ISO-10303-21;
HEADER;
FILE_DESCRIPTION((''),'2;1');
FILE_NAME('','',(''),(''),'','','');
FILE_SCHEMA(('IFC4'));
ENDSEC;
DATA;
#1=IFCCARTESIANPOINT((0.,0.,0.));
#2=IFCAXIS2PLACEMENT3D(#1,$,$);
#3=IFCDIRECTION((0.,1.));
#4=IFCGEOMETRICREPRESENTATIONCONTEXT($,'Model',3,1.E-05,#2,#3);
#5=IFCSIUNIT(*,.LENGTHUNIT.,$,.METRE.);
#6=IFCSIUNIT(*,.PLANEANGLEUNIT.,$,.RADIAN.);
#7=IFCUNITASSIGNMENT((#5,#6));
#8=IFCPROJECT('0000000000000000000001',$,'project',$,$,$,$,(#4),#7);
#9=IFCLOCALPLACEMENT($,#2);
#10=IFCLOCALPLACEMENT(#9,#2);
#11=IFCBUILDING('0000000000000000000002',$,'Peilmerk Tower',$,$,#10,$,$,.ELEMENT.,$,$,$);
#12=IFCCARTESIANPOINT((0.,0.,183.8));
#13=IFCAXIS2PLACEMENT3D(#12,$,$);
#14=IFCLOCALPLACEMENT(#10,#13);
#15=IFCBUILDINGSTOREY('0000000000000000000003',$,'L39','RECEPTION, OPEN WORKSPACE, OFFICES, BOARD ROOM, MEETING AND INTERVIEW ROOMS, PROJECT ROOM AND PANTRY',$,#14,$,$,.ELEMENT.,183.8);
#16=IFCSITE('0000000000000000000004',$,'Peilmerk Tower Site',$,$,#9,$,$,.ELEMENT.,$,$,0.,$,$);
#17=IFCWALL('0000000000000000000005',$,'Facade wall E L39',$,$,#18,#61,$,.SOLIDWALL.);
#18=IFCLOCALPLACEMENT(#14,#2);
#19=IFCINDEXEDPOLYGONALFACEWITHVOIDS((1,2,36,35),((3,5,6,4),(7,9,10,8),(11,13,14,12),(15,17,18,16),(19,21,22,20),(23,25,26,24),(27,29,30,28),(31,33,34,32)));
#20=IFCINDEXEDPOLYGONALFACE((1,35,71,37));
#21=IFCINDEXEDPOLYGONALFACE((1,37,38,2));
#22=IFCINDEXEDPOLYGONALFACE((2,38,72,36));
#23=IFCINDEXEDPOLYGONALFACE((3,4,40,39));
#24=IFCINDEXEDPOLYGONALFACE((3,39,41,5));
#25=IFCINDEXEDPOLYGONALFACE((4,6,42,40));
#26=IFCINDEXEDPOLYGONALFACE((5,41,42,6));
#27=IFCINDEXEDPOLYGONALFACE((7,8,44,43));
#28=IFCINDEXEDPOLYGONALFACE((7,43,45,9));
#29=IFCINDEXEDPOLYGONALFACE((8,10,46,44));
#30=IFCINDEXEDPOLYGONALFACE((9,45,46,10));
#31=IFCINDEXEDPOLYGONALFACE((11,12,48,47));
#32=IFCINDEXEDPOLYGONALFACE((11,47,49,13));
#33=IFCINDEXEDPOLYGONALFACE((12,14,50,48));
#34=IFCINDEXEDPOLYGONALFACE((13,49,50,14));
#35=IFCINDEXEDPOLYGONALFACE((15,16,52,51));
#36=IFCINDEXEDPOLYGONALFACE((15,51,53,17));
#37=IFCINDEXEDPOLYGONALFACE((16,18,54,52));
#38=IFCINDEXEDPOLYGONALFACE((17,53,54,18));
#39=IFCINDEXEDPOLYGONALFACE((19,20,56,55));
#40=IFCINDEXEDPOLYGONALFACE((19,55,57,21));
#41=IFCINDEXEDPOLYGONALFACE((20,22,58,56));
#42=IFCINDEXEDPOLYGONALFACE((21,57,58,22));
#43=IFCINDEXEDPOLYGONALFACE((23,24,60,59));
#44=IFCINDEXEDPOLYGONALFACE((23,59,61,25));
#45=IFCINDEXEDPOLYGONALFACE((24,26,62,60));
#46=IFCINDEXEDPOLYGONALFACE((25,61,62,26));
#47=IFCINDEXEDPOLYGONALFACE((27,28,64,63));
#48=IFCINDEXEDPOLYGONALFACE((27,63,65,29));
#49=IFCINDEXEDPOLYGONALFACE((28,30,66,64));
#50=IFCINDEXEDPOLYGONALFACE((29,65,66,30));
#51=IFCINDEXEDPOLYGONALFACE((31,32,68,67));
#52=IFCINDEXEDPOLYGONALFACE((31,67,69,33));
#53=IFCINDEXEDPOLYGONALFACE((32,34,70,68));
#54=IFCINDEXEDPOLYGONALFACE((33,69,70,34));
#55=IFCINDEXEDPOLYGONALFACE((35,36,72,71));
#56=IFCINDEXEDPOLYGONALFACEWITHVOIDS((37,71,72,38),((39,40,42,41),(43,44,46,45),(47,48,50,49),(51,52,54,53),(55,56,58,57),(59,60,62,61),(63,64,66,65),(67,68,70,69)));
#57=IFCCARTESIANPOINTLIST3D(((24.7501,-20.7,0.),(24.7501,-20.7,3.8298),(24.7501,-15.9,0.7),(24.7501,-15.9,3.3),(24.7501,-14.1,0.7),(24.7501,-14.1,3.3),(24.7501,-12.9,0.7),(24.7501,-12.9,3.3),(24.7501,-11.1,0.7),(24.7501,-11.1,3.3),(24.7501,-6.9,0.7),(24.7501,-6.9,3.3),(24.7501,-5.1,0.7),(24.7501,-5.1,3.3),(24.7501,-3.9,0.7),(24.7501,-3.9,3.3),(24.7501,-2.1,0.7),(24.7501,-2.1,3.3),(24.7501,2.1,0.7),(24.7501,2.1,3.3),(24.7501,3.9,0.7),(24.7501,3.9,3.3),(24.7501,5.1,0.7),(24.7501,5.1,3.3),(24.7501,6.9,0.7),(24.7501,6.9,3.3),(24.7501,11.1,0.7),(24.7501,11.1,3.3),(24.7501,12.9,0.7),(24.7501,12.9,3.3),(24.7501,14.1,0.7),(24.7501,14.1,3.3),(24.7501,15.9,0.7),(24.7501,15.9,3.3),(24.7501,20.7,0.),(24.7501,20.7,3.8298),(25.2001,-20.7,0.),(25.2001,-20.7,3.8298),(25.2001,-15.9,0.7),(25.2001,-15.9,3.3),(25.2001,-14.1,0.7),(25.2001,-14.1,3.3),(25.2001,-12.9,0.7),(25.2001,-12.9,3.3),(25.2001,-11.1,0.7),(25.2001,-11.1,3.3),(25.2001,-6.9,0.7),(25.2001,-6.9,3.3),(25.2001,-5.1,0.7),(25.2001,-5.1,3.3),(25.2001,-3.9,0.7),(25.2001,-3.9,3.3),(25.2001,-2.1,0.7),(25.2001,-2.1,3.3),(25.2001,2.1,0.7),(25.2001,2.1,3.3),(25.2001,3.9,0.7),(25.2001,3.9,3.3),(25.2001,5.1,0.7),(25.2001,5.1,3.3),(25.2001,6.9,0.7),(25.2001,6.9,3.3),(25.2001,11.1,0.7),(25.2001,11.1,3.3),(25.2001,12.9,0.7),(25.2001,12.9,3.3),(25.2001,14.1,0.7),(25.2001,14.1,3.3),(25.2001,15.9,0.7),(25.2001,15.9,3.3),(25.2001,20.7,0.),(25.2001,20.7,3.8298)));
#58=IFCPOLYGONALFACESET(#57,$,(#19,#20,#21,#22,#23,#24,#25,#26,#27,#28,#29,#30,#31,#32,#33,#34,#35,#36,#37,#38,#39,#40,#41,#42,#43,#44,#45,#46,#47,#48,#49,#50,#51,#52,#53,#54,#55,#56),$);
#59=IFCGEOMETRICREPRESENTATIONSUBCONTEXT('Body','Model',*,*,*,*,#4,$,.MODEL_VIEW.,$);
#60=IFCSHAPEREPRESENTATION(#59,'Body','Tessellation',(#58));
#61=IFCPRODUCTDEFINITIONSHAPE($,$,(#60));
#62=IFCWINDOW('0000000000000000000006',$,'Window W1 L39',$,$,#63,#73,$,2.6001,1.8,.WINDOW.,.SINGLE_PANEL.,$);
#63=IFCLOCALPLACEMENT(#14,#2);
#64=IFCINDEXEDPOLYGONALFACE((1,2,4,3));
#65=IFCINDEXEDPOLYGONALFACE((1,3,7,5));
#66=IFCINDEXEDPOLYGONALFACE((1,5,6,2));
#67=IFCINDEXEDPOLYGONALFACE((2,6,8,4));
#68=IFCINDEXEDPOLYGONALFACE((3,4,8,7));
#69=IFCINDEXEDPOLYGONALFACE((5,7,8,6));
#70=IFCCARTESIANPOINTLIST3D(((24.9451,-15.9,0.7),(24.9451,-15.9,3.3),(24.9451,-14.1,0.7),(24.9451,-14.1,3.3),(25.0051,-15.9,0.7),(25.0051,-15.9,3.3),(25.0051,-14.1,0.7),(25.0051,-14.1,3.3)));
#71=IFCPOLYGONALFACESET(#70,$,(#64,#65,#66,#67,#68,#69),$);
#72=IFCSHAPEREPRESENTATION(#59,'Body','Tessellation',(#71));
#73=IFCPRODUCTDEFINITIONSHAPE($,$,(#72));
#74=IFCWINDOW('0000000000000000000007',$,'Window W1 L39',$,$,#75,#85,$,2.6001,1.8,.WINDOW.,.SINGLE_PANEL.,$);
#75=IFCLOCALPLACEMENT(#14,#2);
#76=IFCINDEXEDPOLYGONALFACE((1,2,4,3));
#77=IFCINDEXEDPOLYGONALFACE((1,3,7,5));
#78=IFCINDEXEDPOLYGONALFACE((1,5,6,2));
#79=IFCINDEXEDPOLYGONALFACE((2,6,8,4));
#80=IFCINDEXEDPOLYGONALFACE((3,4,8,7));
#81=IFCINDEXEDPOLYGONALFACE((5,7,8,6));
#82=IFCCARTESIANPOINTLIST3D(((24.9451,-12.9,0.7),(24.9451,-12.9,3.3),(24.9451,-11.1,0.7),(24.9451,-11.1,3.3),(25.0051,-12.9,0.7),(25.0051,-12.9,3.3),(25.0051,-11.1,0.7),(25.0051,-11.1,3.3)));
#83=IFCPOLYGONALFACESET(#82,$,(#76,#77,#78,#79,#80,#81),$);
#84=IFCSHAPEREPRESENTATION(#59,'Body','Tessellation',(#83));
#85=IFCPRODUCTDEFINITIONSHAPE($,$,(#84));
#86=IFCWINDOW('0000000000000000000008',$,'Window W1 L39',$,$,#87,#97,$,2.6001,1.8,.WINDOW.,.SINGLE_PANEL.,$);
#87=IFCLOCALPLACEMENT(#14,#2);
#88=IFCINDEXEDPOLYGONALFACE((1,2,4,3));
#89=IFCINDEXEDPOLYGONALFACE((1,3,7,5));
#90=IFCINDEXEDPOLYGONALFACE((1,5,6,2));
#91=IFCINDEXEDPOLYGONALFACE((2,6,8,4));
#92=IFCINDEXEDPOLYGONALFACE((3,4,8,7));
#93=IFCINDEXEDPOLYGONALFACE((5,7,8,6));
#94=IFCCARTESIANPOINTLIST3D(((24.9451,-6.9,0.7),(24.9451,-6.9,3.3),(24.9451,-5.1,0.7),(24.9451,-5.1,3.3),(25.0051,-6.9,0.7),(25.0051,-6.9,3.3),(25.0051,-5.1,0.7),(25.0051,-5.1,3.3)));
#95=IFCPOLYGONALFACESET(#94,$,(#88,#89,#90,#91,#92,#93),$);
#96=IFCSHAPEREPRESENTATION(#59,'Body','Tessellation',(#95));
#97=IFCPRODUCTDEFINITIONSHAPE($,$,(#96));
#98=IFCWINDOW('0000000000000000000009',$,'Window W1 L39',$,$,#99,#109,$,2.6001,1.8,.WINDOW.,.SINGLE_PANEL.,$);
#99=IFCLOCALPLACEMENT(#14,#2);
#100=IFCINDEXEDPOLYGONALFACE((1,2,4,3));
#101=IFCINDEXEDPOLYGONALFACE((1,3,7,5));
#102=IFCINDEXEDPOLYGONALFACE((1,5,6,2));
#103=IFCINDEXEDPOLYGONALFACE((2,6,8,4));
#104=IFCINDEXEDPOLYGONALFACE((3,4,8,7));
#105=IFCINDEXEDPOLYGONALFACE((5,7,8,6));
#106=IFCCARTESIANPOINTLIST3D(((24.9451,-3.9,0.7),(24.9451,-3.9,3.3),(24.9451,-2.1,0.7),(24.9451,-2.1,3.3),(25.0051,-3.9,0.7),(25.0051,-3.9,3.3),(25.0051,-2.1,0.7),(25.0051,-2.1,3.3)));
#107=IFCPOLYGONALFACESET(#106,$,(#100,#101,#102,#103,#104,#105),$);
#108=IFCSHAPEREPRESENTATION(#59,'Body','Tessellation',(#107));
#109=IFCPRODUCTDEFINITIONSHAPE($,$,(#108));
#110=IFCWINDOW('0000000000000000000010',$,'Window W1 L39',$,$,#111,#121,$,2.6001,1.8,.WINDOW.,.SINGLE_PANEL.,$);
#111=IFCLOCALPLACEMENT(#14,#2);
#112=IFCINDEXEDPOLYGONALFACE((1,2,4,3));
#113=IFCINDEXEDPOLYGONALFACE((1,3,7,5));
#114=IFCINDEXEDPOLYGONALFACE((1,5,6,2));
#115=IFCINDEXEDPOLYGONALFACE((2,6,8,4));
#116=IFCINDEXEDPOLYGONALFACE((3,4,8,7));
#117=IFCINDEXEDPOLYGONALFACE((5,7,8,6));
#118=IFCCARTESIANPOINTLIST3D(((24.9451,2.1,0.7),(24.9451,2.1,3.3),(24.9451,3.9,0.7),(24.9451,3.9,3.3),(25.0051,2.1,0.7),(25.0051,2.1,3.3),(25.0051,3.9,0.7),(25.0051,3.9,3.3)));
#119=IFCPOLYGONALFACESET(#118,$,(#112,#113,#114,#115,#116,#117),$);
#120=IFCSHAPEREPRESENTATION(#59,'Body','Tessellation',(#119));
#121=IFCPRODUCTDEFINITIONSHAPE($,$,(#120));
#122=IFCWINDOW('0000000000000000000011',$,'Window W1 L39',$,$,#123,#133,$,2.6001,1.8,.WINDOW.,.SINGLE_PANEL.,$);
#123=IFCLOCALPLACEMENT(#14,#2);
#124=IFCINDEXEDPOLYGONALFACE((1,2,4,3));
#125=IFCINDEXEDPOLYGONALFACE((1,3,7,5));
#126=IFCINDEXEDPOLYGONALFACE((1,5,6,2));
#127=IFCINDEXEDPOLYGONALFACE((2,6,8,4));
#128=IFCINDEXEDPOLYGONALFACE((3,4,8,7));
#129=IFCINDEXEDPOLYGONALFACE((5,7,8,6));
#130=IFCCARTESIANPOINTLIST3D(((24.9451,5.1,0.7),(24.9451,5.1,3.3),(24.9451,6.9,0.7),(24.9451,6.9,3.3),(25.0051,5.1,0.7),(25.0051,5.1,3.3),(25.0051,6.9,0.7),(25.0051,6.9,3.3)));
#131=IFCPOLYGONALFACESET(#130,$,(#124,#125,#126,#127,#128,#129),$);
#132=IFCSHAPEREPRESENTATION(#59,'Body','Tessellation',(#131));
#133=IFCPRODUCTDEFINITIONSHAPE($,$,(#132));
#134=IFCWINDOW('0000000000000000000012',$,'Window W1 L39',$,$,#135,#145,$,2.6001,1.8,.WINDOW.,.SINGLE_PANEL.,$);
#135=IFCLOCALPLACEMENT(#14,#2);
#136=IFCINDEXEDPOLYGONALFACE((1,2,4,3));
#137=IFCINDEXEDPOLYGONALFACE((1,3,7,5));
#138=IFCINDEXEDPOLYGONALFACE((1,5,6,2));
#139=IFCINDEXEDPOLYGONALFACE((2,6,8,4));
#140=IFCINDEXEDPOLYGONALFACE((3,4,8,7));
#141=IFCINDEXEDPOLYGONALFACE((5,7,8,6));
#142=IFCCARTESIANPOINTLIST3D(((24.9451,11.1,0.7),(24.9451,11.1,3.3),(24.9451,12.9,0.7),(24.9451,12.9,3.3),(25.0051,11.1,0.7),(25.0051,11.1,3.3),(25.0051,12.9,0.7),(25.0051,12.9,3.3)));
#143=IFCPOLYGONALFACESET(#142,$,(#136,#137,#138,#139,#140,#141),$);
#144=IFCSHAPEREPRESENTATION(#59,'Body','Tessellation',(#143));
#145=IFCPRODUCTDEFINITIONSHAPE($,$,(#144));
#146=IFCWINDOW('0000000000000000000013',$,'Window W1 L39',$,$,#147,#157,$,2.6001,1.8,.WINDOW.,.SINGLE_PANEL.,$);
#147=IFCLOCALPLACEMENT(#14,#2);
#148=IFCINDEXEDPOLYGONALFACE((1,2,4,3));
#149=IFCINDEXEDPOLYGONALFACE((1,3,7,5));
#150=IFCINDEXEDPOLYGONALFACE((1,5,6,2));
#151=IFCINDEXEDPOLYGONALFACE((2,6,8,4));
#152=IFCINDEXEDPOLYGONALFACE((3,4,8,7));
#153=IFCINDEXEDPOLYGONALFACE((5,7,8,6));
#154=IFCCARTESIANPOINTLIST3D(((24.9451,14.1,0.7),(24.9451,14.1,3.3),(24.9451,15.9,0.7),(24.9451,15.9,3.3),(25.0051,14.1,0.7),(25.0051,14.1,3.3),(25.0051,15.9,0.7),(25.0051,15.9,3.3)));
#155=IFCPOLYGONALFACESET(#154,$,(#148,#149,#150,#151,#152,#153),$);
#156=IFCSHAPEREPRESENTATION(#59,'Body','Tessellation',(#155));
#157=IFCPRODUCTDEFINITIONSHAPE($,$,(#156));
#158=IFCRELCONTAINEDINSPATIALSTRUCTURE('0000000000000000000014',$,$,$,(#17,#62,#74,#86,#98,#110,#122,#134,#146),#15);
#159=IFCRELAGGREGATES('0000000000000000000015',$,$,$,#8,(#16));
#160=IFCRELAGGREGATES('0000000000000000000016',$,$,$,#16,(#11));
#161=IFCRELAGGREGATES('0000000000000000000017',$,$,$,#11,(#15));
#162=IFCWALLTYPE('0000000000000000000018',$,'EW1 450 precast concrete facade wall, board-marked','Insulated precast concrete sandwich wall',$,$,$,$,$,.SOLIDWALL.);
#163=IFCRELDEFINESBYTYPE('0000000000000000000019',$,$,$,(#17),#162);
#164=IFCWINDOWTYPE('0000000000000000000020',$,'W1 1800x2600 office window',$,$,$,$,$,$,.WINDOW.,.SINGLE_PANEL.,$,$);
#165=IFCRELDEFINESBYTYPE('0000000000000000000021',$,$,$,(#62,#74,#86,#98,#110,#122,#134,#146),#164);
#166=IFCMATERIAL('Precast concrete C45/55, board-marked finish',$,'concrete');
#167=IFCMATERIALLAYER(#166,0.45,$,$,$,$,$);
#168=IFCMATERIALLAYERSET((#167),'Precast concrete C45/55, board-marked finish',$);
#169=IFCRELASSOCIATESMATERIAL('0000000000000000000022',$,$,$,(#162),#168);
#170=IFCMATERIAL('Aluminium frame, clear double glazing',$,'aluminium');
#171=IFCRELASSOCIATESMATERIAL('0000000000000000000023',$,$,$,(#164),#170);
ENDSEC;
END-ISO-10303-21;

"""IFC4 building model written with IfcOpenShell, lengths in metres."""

from ifc_helpers import new_model, si_unit, direction, frame, frame_2d, origin, place, context, subcontext, project, spatial, rectangle, extrude, material, layer, layer_set, type_object, element, fill, save


model = new_model("IFC4")

# Units and contexts
model_context = context("Model", 3, precision=1e-05, world=origin(), true_north=direction((0.0, 1.0)))
body_context = subcontext(model_context, "Body", "Model", "MODEL_VIEW")
ifc_project = project(units=[si_unit("LENGTHUNIT", "METRE"), si_unit("PLANEANGLEUNIT", "RADIAN")], contexts=[model_context])

# Site, building, storey
site_placement = place(None, origin())
site = spatial("IfcSite", under=ifc_project, at=site_placement, Name="Peilmerk Tower Site", CompositionType="ELEMENT", RefElevation=0.0)
building_placement = place(site_placement, origin())
building = spatial("IfcBuilding", under=site, at=building_placement, Name="Peilmerk Tower", CompositionType="ELEMENT")
storey_placement = place(building_placement, frame((0.0, 0.0, 183.8)))
storey = spatial("IfcBuildingStorey", under=building, at=storey_placement, Name="L39", Description="RECEPTION, OPEN WORKSPACE, OFFICES, BOARD ROOM, MEETING AND INTERVIEW ROOMS, PROJECT ROOM AND PANTRY", CompositionType="ELEMENT", Elevation=183.8)

# Wall, openings, windows
ifc_material_1 = material(Name="Precast concrete C45/55, board-marked finish", Category="concrete")
ifc_layer_1 = layer(ifc_material_1, 0.45)
ifc_layer_set_1 = layer_set([ifc_layer_1], Name="Precast concrete C45/55, board-marked finish")
wall_type = type_object("IfcWallType", Name="EW1 450 precast concrete facade wall, board-marked", Description="Insulated precast concrete sandwich wall", PredefinedType="SOLIDWALL", material=ifc_layer_set_1)
wall_1_placement = place(storey_placement, frame((24.9751, -20.7, 0.0), z_axis=(0.0, 0.0, 1.0), x_axis=(0.0, 1.0, 0.0)))
wall_1 = element("IfcWall", 1, at=wall_1_placement, inside=storey, type_object=wall_type, Name="Facade wall E L39", PredefinedType="SOLIDWALL", context=body_context, shape_type="SweptSolid", body=[
    extrude(rectangle(XDim=41.3999, YDim=0.45, at=frame_2d((20.7, 0.0))), origin(), (0.0, 0.0, 1.0), 3.8298),
])
opening_1_placement = place(wall_1_placement, frame((4.8, 0.0, 0.7)))
opening_1 = element("IfcOpeningElement", 2, at=opening_1_placement, cuts=wall_1, PredefinedType="OPENING", context=body_context, shape_type="SweptSolid", body=[
    extrude(rectangle(XDim=1.8, YDim=2.6001, at=frame_2d((0.8999, 1.3))), frame((0.0, 0.2349, 0.0), z_axis=(0.0, -1.0, 0.0), x_axis=(1.0, 0.0, 0.0)), (0.0, 0.0, 1.0), 0.47),
])
opening_2_placement = place(wall_1_placement, frame((7.8, 0.0, 0.7)))
opening_2 = element("IfcOpeningElement", 3, at=opening_2_placement, cuts=wall_1, PredefinedType="OPENING", context=body_context, shape_type="SweptSolid", body=[
    extrude(rectangle(XDim=1.8, YDim=2.6001, at=frame_2d((0.8999, 1.3))), frame((0.0, 0.2349, 0.0), z_axis=(0.0, -1.0, 0.0), x_axis=(1.0, 0.0, 0.0)), (0.0, 0.0, 1.0), 0.47),
])
opening_3_placement = place(wall_1_placement, frame((13.8, 0.0, 0.7)))
opening_3 = element("IfcOpeningElement", 4, at=opening_3_placement, cuts=wall_1, PredefinedType="OPENING", context=body_context, shape_type="SweptSolid", body=[
    extrude(rectangle(XDim=1.8, YDim=2.6001, at=frame_2d((0.8999, 1.3))), frame((0.0, 0.2349, 0.0), z_axis=(0.0, -1.0, 0.0), x_axis=(1.0, 0.0, 0.0)), (0.0, 0.0, 1.0), 0.47),
])
opening_4_placement = place(wall_1_placement, frame((16.8, 0.0, 0.7)))
opening_4 = element("IfcOpeningElement", 5, at=opening_4_placement, cuts=wall_1, PredefinedType="OPENING", context=body_context, shape_type="SweptSolid", body=[
    extrude(rectangle(XDim=1.8, YDim=2.6001, at=frame_2d((0.8999, 1.3))), frame((0.0, 0.2349, 0.0), z_axis=(0.0, -1.0, 0.0), x_axis=(1.0, 0.0, 0.0)), (0.0, 0.0, 1.0), 0.47),
])
opening_5_placement = place(wall_1_placement, frame((22.8, 0.0, 0.7)))
opening_5 = element("IfcOpeningElement", 6, at=opening_5_placement, cuts=wall_1, PredefinedType="OPENING", context=body_context, shape_type="SweptSolid", body=[
    extrude(rectangle(XDim=1.8, YDim=2.6001, at=frame_2d((0.8999, 1.3))), frame((0.0, 0.2349, 0.0), z_axis=(0.0, -1.0, 0.0), x_axis=(1.0, 0.0, 0.0)), (0.0, 0.0, 1.0), 0.47),
])
opening_6_placement = place(wall_1_placement, frame((25.8, 0.0, 0.7)))
opening_6 = element("IfcOpeningElement", 7, at=opening_6_placement, cuts=wall_1, PredefinedType="OPENING", context=body_context, shape_type="SweptSolid", body=[
    extrude(rectangle(XDim=1.8, YDim=2.6001, at=frame_2d((0.8999, 1.3))), frame((0.0, 0.2349, 0.0), z_axis=(0.0, -1.0, 0.0), x_axis=(1.0, 0.0, 0.0)), (0.0, 0.0, 1.0), 0.47),
])
opening_7_placement = place(wall_1_placement, frame((31.8, 0.0, 0.7)))
opening_7 = element("IfcOpeningElement", 8, at=opening_7_placement, cuts=wall_1, PredefinedType="OPENING", context=body_context, shape_type="SweptSolid", body=[
    extrude(rectangle(XDim=1.8, YDim=2.6001, at=frame_2d((0.8999, 1.3))), frame((0.0, 0.2349, 0.0), z_axis=(0.0, -1.0, 0.0), x_axis=(1.0, 0.0, 0.0)), (0.0, 0.0, 1.0), 0.47),
])
opening_8_placement = place(wall_1_placement, frame((34.8, 0.0, 0.7)))
opening_8 = element("IfcOpeningElement", 9, at=opening_8_placement, cuts=wall_1, PredefinedType="OPENING", context=body_context, shape_type="SweptSolid", body=[
    extrude(rectangle(XDim=1.8, YDim=2.6001, at=frame_2d((0.8999, 1.3))), frame((0.0, 0.2349, 0.0), z_axis=(0.0, -1.0, 0.0), x_axis=(1.0, 0.0, 0.0)), (0.0, 0.0, 1.0), 0.47),
])
ifc_material_2 = material(Name="Aluminium frame, clear double glazing", Category="aluminium")
window_type = type_object("IfcWindowType", Name="W1 1800x2600 office window", PartitioningType="SINGLE_PANEL", PredefinedType="WINDOW", material=ifc_material_2)
window_1_placement = place(opening_1_placement, origin())
window_1 = element("IfcWindow", 10, at=window_1_placement, inside=storey, type_object=window_type, Name="Window W1 L39", OverallHeight=2.6001, OverallWidth=1.8, PartitioningType="SINGLE_PANEL", PredefinedType="WINDOW", context=body_context, shape_type="SweptSolid", body=[
    extrude(rectangle(XDim=1.8, YDim=2.6001, at=frame_2d((0.8999, 1.3))), frame((0.0, 0.03, 0.0), z_axis=(0.0, -1.0, 0.0), x_axis=(1.0, 0.0, 0.0)), (0.0, 0.0, 1.0), 0.0601),
])
fill(opening_1, window_1)
window_2_placement = place(opening_2_placement, origin())
window_2 = element("IfcWindow", 11, at=window_2_placement, inside=storey, type_object=window_type, Name="Window W1 L39", OverallHeight=2.6001, OverallWidth=1.8, PartitioningType="SINGLE_PANEL", PredefinedType="WINDOW", context=body_context, shape_type="SweptSolid", body=[
    extrude(rectangle(XDim=1.8, YDim=2.6001, at=frame_2d((0.8999, 1.3))), frame((0.0, 0.03, 0.0), z_axis=(0.0, -1.0, 0.0), x_axis=(1.0, 0.0, 0.0)), (0.0, 0.0, 1.0), 0.0601),
])
fill(opening_2, window_2)
window_3_placement = place(opening_3_placement, origin())
window_3 = element("IfcWindow", 12, at=window_3_placement, inside=storey, type_object=window_type, Name="Window W1 L39", OverallHeight=2.6001, OverallWidth=1.8, PartitioningType="SINGLE_PANEL", PredefinedType="WINDOW", context=body_context, shape_type="SweptSolid", body=[
    extrude(rectangle(XDim=1.8, YDim=2.6001, at=frame_2d((0.8999, 1.3))), frame((0.0, 0.03, 0.0), z_axis=(0.0, -1.0, 0.0), x_axis=(1.0, 0.0, 0.0)), (0.0, 0.0, 1.0), 0.0601),
])
fill(opening_3, window_3)
window_4_placement = place(opening_4_placement, origin())
window_4 = element("IfcWindow", 13, at=window_4_placement, inside=storey, type_object=window_type, Name="Window W1 L39", OverallHeight=2.6001, OverallWidth=1.8, PartitioningType="SINGLE_PANEL", PredefinedType="WINDOW", context=body_context, shape_type="SweptSolid", body=[
    extrude(rectangle(XDim=1.8, YDim=2.6001, at=frame_2d((0.8999, 1.3))), frame((0.0, 0.03, 0.0), z_axis=(0.0, -1.0, 0.0), x_axis=(1.0, 0.0, 0.0)), (0.0, 0.0, 1.0), 0.0601),
])
fill(opening_4, window_4)
window_5_placement = place(opening_5_placement, origin())
window_5 = element("IfcWindow", 14, at=window_5_placement, inside=storey, type_object=window_type, Name="Window W1 L39", OverallHeight=2.6001, OverallWidth=1.8, PartitioningType="SINGLE_PANEL", PredefinedType="WINDOW", context=body_context, shape_type="SweptSolid", body=[
    extrude(rectangle(XDim=1.8, YDim=2.6001, at=frame_2d((0.8999, 1.3))), frame((0.0, 0.03, 0.0), z_axis=(0.0, -1.0, 0.0), x_axis=(1.0, 0.0, 0.0)), (0.0, 0.0, 1.0), 0.0601),
])
fill(opening_5, window_5)
window_6_placement = place(opening_6_placement, origin())
window_6 = element("IfcWindow", 15, at=window_6_placement, inside=storey, type_object=window_type, Name="Window W1 L39", OverallHeight=2.6001, OverallWidth=1.8, PartitioningType="SINGLE_PANEL", PredefinedType="WINDOW", context=body_context, shape_type="SweptSolid", body=[
    extrude(rectangle(XDim=1.8, YDim=2.6001, at=frame_2d((0.8999, 1.3))), frame((0.0, 0.03, 0.0), z_axis=(0.0, -1.0, 0.0), x_axis=(1.0, 0.0, 0.0)), (0.0, 0.0, 1.0), 0.0601),
])
fill(opening_6, window_6)
window_7_placement = place(opening_7_placement, origin())
window_7 = element("IfcWindow", 16, at=window_7_placement, inside=storey, type_object=window_type, Name="Window W1 L39", OverallHeight=2.6001, OverallWidth=1.8, PartitioningType="SINGLE_PANEL", PredefinedType="WINDOW", context=body_context, shape_type="SweptSolid", body=[
    extrude(rectangle(XDim=1.8, YDim=2.6001, at=frame_2d((0.8999, 1.3))), frame((0.0, 0.03, 0.0), z_axis=(0.0, -1.0, 0.0), x_axis=(1.0, 0.0, 0.0)), (0.0, 0.0, 1.0), 0.0601),
])
fill(opening_7, window_7)
window_8_placement = place(opening_8_placement, origin())
window_8 = element("IfcWindow", 17, at=window_8_placement, inside=storey, type_object=window_type, Name="Window W1 L39", OverallHeight=2.6001, OverallWidth=1.8, PartitioningType="SINGLE_PANEL", PredefinedType="WINDOW", context=body_context, shape_type="SweptSolid", body=[
    extrude(rectangle(XDim=1.8, YDim=2.6001, at=frame_2d((0.8999, 1.3))), frame((0.0, 0.03, 0.0), z_axis=(0.0, -1.0, 0.0), x_axis=(1.0, 0.0, 0.0)), (0.0, 0.0, 1.0), 0.0601),
])
fill(opening_8, window_8)

save(model, "model.ifc")
